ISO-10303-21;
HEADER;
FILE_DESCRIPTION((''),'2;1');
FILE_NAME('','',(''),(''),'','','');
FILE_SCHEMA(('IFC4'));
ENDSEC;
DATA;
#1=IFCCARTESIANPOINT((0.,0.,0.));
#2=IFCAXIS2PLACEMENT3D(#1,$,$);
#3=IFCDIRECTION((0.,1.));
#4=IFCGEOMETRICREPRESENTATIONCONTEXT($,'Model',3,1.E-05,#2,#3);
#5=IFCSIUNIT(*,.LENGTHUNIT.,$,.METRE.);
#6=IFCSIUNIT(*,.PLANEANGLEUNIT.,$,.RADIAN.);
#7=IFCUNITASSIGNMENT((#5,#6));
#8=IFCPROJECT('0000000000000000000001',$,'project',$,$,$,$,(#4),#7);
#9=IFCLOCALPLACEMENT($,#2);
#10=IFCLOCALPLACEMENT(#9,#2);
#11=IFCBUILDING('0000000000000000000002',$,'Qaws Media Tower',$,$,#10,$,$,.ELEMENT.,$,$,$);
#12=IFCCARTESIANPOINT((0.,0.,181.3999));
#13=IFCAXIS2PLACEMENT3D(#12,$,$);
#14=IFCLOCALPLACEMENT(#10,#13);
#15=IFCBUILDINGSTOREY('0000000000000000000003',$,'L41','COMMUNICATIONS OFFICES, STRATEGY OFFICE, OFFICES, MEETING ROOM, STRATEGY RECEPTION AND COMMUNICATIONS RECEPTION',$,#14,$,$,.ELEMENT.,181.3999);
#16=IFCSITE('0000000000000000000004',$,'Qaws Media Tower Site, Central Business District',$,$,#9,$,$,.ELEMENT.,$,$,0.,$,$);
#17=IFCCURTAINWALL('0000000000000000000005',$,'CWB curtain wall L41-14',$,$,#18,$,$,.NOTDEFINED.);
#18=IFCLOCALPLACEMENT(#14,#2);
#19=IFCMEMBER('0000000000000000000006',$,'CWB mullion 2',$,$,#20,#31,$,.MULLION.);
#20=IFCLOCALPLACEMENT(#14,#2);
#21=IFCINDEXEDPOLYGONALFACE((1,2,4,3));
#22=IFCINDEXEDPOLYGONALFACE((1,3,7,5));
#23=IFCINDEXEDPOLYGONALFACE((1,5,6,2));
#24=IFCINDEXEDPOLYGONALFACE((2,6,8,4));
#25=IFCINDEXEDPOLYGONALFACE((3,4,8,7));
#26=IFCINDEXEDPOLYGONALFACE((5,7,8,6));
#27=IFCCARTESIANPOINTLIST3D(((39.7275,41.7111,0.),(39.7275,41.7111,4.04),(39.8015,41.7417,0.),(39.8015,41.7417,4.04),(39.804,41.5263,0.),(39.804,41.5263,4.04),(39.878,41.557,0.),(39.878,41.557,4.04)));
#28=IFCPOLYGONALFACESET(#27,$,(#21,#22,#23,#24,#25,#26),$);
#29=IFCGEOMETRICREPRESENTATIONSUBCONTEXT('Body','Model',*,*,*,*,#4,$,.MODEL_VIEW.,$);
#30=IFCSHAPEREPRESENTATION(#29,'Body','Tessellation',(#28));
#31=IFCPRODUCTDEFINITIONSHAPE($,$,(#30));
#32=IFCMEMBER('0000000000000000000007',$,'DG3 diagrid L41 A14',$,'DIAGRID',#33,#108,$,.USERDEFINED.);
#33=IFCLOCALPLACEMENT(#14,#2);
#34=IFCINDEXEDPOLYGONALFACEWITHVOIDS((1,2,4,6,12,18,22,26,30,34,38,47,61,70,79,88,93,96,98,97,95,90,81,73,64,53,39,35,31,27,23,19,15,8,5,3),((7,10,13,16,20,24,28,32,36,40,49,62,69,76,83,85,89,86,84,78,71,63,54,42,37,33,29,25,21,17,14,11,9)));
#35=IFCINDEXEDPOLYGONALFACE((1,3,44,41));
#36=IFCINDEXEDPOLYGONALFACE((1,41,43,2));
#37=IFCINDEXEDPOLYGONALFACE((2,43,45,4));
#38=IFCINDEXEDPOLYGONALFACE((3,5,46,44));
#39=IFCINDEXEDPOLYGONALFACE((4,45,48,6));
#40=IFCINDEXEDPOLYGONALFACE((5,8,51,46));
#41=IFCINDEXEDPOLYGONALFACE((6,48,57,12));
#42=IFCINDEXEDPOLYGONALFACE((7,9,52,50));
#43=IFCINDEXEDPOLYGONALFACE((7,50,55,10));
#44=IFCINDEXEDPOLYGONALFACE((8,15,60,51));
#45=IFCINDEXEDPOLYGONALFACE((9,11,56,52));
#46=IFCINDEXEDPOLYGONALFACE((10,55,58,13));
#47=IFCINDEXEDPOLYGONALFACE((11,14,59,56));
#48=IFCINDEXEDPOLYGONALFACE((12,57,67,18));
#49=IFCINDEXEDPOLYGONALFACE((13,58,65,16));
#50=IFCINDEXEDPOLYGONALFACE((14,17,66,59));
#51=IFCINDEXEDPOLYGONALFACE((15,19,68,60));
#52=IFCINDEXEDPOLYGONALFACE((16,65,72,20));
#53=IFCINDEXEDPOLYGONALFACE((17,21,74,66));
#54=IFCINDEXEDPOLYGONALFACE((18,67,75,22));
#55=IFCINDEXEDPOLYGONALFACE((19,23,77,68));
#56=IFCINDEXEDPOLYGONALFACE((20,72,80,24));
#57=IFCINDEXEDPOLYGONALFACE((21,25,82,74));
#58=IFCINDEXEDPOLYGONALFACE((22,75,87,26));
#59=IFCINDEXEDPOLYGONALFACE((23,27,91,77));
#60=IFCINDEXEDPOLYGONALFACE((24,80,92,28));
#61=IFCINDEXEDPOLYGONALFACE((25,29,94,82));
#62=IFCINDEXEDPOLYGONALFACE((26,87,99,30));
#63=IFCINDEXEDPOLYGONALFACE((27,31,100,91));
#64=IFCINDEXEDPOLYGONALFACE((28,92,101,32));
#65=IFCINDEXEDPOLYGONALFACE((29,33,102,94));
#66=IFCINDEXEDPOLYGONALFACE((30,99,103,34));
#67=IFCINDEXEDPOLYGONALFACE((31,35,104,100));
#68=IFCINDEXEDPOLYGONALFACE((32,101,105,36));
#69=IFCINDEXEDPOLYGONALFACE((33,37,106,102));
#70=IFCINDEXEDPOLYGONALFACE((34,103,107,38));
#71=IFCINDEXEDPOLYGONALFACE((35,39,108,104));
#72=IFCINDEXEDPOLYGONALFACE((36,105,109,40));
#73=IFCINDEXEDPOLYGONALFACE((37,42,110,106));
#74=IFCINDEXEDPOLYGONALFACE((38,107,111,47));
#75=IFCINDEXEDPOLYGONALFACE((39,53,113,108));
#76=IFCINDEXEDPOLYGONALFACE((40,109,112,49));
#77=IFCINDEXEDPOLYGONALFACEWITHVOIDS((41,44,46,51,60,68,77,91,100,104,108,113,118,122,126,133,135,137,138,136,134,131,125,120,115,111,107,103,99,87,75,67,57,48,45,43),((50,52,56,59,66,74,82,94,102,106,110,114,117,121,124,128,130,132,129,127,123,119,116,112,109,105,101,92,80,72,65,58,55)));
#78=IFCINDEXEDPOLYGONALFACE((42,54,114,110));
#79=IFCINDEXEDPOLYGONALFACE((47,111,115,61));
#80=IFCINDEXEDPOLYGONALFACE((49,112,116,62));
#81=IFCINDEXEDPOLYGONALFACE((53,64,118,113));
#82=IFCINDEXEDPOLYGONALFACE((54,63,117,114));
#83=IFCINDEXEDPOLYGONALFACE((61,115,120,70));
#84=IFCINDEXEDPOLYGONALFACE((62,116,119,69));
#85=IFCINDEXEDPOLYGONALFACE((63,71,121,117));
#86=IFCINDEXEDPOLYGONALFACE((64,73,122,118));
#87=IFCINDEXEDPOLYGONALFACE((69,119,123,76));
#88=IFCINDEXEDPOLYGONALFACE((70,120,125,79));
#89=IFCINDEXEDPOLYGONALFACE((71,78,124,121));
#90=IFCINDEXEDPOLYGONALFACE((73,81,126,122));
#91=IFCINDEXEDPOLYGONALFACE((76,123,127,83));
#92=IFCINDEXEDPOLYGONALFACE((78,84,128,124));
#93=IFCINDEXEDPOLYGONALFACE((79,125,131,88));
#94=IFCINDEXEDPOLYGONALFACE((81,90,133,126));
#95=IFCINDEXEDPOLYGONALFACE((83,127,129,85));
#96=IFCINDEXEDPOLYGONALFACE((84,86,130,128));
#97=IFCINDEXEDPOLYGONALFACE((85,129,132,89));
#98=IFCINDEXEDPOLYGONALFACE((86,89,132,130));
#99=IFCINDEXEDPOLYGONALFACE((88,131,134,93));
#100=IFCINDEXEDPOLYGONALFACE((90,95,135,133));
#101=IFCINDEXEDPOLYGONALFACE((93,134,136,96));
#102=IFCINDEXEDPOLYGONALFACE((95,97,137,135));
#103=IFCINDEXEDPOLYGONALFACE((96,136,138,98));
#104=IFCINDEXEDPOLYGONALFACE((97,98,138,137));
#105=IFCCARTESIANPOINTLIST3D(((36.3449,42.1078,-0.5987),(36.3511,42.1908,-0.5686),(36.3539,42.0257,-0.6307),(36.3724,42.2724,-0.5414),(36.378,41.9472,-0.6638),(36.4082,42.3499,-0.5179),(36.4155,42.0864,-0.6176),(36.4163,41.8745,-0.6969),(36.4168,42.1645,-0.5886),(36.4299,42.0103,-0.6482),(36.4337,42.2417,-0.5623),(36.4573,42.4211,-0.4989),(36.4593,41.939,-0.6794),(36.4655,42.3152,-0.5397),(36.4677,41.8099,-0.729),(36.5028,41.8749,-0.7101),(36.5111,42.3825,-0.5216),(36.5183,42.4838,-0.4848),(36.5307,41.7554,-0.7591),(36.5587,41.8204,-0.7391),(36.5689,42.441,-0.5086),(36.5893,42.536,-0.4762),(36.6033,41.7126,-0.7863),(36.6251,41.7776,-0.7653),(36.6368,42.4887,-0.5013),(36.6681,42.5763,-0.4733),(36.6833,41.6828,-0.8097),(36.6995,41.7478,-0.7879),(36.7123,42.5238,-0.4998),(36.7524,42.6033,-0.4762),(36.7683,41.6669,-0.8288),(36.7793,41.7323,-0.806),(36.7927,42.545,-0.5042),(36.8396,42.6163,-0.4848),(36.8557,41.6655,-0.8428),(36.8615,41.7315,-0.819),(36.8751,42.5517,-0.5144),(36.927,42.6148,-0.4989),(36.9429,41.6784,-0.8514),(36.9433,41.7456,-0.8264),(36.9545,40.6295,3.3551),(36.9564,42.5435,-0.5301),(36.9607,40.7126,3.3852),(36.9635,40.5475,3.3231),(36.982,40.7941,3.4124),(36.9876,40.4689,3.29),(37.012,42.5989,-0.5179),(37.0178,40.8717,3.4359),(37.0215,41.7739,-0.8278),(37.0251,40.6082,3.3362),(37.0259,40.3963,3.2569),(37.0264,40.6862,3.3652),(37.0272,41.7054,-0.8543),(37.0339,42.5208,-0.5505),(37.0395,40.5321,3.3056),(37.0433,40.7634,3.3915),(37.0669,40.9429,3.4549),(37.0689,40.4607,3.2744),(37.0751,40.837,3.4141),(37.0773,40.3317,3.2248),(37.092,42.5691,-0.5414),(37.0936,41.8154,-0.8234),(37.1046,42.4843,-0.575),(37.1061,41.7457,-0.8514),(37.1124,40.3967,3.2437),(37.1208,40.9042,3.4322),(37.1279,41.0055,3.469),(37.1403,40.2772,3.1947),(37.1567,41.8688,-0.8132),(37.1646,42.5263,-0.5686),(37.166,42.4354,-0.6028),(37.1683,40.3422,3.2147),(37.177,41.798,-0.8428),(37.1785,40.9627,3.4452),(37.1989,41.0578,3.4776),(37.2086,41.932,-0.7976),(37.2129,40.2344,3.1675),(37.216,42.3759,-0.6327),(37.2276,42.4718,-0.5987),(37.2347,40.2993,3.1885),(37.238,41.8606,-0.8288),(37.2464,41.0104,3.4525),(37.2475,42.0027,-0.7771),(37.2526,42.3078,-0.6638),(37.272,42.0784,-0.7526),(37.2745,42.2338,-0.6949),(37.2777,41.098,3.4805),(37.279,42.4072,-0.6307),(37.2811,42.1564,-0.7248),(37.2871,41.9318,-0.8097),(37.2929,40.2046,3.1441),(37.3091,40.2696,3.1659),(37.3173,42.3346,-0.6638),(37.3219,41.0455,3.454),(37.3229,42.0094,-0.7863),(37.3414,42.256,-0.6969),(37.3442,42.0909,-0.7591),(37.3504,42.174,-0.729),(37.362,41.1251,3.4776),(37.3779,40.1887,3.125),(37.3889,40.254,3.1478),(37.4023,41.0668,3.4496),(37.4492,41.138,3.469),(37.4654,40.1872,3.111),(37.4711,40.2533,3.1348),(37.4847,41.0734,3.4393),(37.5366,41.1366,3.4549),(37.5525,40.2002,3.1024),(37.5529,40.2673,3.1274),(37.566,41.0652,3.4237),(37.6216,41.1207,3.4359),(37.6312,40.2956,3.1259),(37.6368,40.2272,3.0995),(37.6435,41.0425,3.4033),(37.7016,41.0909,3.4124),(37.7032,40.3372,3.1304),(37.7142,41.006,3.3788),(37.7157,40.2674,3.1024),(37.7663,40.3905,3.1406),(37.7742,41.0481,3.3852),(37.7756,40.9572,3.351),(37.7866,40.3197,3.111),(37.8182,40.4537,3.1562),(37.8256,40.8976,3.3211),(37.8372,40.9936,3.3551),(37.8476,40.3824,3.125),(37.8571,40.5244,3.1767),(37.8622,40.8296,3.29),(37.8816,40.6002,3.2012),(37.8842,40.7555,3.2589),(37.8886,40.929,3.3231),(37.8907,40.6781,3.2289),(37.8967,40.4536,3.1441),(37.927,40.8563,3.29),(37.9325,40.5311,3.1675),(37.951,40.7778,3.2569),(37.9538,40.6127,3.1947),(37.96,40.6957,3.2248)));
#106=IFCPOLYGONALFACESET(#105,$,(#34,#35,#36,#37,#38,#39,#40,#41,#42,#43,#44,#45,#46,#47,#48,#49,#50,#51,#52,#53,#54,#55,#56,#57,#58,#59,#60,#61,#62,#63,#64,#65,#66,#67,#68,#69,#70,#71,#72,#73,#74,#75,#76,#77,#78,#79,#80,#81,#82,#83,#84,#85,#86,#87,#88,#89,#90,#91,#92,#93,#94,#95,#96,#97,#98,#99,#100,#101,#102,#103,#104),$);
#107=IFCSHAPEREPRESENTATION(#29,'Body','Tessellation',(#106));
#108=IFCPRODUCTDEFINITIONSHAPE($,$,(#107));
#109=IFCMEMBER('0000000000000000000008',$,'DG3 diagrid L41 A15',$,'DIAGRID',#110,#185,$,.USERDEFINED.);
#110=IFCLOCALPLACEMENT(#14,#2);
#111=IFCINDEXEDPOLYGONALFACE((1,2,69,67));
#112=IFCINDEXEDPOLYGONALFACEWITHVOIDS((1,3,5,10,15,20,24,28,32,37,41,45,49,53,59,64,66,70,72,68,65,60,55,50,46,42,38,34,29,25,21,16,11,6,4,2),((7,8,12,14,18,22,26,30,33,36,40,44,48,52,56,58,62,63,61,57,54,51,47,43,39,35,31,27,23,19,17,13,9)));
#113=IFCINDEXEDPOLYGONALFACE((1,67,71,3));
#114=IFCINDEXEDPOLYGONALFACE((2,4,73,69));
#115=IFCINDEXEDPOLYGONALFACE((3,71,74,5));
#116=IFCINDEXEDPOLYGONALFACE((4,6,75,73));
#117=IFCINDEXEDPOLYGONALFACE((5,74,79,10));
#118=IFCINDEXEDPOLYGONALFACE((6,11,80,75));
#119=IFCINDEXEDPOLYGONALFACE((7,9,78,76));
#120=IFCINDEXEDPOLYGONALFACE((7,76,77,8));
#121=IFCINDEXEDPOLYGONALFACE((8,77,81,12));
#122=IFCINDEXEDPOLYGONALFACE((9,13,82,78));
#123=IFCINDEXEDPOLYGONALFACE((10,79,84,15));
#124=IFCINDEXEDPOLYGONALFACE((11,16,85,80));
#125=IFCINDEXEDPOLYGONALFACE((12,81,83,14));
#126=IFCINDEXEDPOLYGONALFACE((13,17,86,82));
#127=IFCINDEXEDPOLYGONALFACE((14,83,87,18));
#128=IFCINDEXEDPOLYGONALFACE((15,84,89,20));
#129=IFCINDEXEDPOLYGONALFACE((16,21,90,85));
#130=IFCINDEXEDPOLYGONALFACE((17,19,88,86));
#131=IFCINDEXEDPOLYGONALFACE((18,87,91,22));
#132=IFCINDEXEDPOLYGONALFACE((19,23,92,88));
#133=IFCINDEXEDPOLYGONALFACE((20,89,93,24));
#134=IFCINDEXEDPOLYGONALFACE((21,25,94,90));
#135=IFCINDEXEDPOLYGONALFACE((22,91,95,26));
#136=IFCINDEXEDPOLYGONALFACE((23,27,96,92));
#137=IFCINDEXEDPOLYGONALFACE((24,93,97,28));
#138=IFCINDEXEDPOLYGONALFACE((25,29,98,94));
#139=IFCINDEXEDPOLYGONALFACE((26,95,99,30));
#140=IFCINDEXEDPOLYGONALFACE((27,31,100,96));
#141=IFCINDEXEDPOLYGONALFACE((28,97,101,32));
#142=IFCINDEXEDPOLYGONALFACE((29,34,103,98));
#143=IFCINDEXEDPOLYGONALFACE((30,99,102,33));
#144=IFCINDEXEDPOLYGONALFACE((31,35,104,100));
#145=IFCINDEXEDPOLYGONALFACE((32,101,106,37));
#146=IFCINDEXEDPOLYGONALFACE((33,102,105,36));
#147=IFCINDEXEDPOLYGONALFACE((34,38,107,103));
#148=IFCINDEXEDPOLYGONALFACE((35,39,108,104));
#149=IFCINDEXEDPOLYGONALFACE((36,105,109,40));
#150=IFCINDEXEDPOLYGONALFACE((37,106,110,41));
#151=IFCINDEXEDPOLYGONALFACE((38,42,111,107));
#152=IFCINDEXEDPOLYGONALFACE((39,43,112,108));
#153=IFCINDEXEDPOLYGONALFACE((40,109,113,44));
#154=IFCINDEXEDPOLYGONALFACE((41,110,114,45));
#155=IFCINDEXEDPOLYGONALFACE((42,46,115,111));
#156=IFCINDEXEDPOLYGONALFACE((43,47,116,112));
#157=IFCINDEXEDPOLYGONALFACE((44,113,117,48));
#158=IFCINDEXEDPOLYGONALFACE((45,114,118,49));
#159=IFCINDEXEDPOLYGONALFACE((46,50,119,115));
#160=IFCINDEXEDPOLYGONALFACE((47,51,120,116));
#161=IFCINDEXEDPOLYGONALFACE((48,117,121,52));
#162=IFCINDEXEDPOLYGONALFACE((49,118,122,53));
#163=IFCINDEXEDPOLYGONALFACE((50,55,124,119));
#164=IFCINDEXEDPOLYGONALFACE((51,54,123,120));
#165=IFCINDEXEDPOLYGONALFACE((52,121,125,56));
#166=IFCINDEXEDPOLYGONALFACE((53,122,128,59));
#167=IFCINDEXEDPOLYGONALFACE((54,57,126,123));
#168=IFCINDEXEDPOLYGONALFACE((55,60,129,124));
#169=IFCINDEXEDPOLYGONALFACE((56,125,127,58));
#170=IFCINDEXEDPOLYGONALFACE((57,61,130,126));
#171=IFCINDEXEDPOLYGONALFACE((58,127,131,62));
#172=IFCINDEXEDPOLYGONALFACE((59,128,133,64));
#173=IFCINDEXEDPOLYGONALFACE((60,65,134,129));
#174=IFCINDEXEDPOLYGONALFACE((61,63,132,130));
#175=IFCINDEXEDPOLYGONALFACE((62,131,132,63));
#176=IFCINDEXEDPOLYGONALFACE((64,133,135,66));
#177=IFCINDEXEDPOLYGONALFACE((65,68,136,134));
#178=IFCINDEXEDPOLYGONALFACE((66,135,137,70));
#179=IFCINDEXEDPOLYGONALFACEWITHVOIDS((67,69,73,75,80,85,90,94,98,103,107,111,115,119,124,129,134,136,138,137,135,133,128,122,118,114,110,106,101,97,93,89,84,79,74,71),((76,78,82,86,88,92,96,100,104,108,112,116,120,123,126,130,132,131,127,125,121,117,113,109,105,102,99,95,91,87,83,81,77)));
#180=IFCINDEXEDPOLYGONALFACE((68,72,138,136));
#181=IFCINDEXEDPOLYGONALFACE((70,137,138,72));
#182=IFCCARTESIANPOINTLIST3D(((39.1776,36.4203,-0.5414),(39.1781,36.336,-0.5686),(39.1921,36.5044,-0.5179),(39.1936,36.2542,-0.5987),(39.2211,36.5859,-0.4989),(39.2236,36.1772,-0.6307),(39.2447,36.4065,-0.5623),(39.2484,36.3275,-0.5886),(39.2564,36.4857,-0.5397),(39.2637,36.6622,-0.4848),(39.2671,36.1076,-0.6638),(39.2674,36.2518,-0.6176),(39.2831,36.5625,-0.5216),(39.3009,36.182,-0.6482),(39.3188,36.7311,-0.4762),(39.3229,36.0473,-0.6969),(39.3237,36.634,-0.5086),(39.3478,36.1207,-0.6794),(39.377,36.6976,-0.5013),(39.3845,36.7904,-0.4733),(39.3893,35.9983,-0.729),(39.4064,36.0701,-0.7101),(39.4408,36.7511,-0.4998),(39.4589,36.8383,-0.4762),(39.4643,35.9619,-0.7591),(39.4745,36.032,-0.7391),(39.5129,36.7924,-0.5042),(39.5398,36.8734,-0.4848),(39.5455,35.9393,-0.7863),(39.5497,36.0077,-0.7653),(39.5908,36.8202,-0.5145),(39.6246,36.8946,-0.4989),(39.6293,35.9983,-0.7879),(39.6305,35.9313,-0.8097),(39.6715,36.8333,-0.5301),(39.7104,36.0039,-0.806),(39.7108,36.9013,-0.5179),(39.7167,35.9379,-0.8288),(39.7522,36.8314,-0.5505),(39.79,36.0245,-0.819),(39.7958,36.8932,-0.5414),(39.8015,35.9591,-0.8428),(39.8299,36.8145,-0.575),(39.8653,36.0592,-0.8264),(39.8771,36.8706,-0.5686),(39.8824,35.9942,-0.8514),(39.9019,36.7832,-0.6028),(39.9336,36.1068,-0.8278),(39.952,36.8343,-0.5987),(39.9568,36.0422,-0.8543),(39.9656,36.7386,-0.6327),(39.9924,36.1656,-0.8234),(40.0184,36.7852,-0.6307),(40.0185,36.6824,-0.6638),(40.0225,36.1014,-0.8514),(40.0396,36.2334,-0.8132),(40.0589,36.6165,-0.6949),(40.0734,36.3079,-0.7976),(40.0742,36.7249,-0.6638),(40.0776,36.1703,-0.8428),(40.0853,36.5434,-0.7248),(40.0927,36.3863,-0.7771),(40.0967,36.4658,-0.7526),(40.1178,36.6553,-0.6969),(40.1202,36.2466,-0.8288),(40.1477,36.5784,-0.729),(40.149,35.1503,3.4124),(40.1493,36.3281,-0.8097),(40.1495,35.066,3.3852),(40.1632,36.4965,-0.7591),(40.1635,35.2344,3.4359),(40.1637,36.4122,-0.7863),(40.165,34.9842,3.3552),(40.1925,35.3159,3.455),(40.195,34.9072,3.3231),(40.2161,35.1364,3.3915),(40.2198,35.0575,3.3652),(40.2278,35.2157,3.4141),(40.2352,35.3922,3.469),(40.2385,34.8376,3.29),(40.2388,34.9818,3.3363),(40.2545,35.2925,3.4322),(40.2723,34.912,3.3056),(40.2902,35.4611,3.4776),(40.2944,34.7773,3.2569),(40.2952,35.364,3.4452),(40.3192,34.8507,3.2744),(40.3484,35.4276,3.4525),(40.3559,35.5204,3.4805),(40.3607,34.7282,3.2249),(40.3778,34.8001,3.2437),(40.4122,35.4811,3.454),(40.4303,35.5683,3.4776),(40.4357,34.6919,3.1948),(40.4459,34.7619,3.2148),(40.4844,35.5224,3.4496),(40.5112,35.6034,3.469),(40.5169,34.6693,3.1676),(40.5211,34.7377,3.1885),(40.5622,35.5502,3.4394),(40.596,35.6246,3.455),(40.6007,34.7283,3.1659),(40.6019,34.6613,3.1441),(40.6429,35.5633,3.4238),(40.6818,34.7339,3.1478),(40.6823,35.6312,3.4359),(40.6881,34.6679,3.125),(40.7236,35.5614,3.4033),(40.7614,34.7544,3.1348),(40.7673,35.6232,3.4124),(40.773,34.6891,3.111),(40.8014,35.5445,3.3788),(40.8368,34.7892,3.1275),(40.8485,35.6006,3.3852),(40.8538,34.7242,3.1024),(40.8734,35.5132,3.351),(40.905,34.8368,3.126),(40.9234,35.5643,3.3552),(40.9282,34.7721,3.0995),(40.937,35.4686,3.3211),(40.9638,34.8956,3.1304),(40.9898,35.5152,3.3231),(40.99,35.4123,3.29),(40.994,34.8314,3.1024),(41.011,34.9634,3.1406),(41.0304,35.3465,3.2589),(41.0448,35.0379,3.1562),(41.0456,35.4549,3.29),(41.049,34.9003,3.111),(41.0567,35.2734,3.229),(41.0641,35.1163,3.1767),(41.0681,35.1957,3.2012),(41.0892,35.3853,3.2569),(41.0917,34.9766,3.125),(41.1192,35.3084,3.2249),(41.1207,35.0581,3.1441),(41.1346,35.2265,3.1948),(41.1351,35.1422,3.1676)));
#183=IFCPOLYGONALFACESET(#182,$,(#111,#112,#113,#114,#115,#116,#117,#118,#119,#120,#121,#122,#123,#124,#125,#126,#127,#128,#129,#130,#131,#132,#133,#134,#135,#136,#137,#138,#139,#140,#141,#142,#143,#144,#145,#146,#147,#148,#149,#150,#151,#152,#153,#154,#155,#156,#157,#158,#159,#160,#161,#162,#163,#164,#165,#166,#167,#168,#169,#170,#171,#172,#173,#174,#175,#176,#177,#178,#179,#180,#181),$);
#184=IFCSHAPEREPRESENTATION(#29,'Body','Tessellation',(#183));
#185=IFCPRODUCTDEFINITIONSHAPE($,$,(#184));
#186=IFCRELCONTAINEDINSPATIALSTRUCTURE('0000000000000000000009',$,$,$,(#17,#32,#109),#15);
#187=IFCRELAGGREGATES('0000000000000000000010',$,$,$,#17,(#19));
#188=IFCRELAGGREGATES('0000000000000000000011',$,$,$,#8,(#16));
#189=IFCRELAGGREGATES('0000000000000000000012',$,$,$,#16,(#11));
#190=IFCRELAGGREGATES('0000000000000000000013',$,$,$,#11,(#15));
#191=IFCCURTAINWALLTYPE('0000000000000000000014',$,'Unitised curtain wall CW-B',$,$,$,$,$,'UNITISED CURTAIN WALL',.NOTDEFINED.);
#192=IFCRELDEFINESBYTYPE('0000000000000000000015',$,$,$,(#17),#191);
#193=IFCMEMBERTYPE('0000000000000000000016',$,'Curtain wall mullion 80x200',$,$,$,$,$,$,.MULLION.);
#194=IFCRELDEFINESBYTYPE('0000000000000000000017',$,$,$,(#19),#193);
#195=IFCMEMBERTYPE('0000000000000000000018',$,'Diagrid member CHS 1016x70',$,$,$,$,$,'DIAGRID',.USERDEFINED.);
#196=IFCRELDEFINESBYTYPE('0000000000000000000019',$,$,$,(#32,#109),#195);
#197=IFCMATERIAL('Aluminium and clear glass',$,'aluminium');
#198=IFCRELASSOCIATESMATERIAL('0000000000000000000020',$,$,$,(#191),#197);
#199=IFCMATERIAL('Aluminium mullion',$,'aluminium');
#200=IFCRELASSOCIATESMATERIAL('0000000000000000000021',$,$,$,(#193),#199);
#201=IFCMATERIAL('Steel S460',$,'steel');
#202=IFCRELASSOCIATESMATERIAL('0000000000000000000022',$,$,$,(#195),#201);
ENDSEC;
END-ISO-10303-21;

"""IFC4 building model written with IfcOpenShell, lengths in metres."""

from ifc_helpers import new_model, si_unit, direction, frame, origin, origin_2d, place, context, subcontext, project, spatial, rectangle, hollow_circle, extrude, material, material_profile, profile_set, type_object, element, aggregate, save


model = new_model("IFC4")

# Units and contexts
model_context = context("Model", 3, precision=1e-05, world=origin(), true_north=direction((0.0, 1.0)))
body_context = subcontext(model_context, "Body", "Model", "MODEL_VIEW")
ifc_project = project(units=[si_unit("LENGTHUNIT", "METRE"), si_unit("PLANEANGLEUNIT", "RADIAN")], contexts=[model_context])

# Site, building, storey
site_placement = place(None, origin())
site = spatial("IfcSite", under=ifc_project, at=site_placement, Name="Qaws Media Tower Site, Central Business District", CompositionType="ELEMENT", RefElevation=0.0)
building_placement = place(site_placement, origin())
building = spatial("IfcBuilding", under=site, at=building_placement, Name="Qaws Media Tower", CompositionType="ELEMENT")
storey_placement = place(building_placement, frame((0.0, 0.0, 181.3999)))
storey = spatial("IfcBuildingStorey", under=building, at=storey_placement, Name="L41", Description="COMMUNICATIONS OFFICES, STRATEGY OFFICE, OFFICES, MEETING ROOM, STRATEGY RECEPTION AND COMMUNICATIONS RECEPTION", CompositionType="ELEMENT", Elevation=181.3999)

# Curtain wall, member
ifc_material_1 = material(Name="Aluminium and clear glass", Category="aluminium")
curtain_wall_type = type_object("IfcCurtainWallType", Name="Unitised curtain wall CW-B", ElementType="UNITISED CURTAIN WALL", PredefinedType="NOTDEFINED", material=ifc_material_1)
curtain_wall_placement = place(storey_placement, origin())
curtain_wall = element("IfcCurtainWall", 1, at=curtain_wall_placement, inside=storey, type_object=curtain_wall_type, Name="CWB curtain wall L41-14", PredefinedType="NOTDEFINED")
ifc_material_2 = material(Name="Aluminium mullion", Category="aluminium")
ifc_material_profile_1 = material_profile(ifc_material_2, rectangle(XDim=0.0801, YDim=0.2, at=origin_2d()), Name="80x200")
ifc_profile_set_1 = profile_set([ifc_material_profile_1], Name="Aluminium mullion")
member_type_1 = type_object("IfcMemberType", Name="Curtain wall mullion 80x200", PredefinedType="MULLION", material=ifc_profile_set_1)
member_1_placement = place(storey_placement, frame((39.8027, 41.634, 0.0), z_axis=(0.0, 0.0, 1.0), x_axis=(0.92388, 0.382683, 0.0)))
member_1 = element("IfcMember", 2, at=member_1_placement, type_object=member_type_1, Name="CWB mullion 2", PredefinedType="MULLION", context=body_context, shape_type="SweptSolid", body=[
    extrude(rectangle(XDim=0.0801, YDim=0.2, at=origin_2d()), origin(), (0.0, 0.0, 1.0), 4.04),
])

# Members
ifc_material_3 = material(Name="Steel S460", Category="steel")
ifc_material_profile_2 = material_profile(ifc_material_3, hollow_circle(Radius=0.5081, WallThickness=0.0701, at=origin_2d()), Name="CHS 1016x70")
ifc_profile_set_2 = profile_set([ifc_material_profile_2], Name="Steel S460")
member_type_2 = type_object("IfcMemberType", Name="Diagrid member CHS 1016x70", ElementType="DIAGRID", PredefinedType="USERDEFINED", material=ifc_profile_set_2)
for number, where, z_axis, x_axis, name in (
    (3, (36.8477, 42.1409, -0.6638), (0.142937, -0.346608, 0.927055), (0.924476, 0.381241, 0.0), "DG3 diagrid L41 A14"),
    (4, (39.6707, 36.4163, -0.6638), (0.227773, -0.297782, 0.927063), (0.794284, 0.607546, 0.0), "DG3 diagrid L41 A15"),
):
    element("IfcMember", number, at=place(storey_placement, frame(where, z_axis=z_axis, x_axis=x_axis)), inside=storey, type_object=member_type_2, Name=name, ObjectType="DIAGRID", PredefinedType="USERDEFINED", context=body_context, shape_type="SweptSolid", body=[
        extrude(hollow_circle(Radius=0.5081, WallThickness=0.0701, at=origin_2d()), origin(), (0.0, 0.0, 1.0), 4.2649),
    ])

aggregate(curtain_wall, [member_1])

save(model, "model.ifc")
